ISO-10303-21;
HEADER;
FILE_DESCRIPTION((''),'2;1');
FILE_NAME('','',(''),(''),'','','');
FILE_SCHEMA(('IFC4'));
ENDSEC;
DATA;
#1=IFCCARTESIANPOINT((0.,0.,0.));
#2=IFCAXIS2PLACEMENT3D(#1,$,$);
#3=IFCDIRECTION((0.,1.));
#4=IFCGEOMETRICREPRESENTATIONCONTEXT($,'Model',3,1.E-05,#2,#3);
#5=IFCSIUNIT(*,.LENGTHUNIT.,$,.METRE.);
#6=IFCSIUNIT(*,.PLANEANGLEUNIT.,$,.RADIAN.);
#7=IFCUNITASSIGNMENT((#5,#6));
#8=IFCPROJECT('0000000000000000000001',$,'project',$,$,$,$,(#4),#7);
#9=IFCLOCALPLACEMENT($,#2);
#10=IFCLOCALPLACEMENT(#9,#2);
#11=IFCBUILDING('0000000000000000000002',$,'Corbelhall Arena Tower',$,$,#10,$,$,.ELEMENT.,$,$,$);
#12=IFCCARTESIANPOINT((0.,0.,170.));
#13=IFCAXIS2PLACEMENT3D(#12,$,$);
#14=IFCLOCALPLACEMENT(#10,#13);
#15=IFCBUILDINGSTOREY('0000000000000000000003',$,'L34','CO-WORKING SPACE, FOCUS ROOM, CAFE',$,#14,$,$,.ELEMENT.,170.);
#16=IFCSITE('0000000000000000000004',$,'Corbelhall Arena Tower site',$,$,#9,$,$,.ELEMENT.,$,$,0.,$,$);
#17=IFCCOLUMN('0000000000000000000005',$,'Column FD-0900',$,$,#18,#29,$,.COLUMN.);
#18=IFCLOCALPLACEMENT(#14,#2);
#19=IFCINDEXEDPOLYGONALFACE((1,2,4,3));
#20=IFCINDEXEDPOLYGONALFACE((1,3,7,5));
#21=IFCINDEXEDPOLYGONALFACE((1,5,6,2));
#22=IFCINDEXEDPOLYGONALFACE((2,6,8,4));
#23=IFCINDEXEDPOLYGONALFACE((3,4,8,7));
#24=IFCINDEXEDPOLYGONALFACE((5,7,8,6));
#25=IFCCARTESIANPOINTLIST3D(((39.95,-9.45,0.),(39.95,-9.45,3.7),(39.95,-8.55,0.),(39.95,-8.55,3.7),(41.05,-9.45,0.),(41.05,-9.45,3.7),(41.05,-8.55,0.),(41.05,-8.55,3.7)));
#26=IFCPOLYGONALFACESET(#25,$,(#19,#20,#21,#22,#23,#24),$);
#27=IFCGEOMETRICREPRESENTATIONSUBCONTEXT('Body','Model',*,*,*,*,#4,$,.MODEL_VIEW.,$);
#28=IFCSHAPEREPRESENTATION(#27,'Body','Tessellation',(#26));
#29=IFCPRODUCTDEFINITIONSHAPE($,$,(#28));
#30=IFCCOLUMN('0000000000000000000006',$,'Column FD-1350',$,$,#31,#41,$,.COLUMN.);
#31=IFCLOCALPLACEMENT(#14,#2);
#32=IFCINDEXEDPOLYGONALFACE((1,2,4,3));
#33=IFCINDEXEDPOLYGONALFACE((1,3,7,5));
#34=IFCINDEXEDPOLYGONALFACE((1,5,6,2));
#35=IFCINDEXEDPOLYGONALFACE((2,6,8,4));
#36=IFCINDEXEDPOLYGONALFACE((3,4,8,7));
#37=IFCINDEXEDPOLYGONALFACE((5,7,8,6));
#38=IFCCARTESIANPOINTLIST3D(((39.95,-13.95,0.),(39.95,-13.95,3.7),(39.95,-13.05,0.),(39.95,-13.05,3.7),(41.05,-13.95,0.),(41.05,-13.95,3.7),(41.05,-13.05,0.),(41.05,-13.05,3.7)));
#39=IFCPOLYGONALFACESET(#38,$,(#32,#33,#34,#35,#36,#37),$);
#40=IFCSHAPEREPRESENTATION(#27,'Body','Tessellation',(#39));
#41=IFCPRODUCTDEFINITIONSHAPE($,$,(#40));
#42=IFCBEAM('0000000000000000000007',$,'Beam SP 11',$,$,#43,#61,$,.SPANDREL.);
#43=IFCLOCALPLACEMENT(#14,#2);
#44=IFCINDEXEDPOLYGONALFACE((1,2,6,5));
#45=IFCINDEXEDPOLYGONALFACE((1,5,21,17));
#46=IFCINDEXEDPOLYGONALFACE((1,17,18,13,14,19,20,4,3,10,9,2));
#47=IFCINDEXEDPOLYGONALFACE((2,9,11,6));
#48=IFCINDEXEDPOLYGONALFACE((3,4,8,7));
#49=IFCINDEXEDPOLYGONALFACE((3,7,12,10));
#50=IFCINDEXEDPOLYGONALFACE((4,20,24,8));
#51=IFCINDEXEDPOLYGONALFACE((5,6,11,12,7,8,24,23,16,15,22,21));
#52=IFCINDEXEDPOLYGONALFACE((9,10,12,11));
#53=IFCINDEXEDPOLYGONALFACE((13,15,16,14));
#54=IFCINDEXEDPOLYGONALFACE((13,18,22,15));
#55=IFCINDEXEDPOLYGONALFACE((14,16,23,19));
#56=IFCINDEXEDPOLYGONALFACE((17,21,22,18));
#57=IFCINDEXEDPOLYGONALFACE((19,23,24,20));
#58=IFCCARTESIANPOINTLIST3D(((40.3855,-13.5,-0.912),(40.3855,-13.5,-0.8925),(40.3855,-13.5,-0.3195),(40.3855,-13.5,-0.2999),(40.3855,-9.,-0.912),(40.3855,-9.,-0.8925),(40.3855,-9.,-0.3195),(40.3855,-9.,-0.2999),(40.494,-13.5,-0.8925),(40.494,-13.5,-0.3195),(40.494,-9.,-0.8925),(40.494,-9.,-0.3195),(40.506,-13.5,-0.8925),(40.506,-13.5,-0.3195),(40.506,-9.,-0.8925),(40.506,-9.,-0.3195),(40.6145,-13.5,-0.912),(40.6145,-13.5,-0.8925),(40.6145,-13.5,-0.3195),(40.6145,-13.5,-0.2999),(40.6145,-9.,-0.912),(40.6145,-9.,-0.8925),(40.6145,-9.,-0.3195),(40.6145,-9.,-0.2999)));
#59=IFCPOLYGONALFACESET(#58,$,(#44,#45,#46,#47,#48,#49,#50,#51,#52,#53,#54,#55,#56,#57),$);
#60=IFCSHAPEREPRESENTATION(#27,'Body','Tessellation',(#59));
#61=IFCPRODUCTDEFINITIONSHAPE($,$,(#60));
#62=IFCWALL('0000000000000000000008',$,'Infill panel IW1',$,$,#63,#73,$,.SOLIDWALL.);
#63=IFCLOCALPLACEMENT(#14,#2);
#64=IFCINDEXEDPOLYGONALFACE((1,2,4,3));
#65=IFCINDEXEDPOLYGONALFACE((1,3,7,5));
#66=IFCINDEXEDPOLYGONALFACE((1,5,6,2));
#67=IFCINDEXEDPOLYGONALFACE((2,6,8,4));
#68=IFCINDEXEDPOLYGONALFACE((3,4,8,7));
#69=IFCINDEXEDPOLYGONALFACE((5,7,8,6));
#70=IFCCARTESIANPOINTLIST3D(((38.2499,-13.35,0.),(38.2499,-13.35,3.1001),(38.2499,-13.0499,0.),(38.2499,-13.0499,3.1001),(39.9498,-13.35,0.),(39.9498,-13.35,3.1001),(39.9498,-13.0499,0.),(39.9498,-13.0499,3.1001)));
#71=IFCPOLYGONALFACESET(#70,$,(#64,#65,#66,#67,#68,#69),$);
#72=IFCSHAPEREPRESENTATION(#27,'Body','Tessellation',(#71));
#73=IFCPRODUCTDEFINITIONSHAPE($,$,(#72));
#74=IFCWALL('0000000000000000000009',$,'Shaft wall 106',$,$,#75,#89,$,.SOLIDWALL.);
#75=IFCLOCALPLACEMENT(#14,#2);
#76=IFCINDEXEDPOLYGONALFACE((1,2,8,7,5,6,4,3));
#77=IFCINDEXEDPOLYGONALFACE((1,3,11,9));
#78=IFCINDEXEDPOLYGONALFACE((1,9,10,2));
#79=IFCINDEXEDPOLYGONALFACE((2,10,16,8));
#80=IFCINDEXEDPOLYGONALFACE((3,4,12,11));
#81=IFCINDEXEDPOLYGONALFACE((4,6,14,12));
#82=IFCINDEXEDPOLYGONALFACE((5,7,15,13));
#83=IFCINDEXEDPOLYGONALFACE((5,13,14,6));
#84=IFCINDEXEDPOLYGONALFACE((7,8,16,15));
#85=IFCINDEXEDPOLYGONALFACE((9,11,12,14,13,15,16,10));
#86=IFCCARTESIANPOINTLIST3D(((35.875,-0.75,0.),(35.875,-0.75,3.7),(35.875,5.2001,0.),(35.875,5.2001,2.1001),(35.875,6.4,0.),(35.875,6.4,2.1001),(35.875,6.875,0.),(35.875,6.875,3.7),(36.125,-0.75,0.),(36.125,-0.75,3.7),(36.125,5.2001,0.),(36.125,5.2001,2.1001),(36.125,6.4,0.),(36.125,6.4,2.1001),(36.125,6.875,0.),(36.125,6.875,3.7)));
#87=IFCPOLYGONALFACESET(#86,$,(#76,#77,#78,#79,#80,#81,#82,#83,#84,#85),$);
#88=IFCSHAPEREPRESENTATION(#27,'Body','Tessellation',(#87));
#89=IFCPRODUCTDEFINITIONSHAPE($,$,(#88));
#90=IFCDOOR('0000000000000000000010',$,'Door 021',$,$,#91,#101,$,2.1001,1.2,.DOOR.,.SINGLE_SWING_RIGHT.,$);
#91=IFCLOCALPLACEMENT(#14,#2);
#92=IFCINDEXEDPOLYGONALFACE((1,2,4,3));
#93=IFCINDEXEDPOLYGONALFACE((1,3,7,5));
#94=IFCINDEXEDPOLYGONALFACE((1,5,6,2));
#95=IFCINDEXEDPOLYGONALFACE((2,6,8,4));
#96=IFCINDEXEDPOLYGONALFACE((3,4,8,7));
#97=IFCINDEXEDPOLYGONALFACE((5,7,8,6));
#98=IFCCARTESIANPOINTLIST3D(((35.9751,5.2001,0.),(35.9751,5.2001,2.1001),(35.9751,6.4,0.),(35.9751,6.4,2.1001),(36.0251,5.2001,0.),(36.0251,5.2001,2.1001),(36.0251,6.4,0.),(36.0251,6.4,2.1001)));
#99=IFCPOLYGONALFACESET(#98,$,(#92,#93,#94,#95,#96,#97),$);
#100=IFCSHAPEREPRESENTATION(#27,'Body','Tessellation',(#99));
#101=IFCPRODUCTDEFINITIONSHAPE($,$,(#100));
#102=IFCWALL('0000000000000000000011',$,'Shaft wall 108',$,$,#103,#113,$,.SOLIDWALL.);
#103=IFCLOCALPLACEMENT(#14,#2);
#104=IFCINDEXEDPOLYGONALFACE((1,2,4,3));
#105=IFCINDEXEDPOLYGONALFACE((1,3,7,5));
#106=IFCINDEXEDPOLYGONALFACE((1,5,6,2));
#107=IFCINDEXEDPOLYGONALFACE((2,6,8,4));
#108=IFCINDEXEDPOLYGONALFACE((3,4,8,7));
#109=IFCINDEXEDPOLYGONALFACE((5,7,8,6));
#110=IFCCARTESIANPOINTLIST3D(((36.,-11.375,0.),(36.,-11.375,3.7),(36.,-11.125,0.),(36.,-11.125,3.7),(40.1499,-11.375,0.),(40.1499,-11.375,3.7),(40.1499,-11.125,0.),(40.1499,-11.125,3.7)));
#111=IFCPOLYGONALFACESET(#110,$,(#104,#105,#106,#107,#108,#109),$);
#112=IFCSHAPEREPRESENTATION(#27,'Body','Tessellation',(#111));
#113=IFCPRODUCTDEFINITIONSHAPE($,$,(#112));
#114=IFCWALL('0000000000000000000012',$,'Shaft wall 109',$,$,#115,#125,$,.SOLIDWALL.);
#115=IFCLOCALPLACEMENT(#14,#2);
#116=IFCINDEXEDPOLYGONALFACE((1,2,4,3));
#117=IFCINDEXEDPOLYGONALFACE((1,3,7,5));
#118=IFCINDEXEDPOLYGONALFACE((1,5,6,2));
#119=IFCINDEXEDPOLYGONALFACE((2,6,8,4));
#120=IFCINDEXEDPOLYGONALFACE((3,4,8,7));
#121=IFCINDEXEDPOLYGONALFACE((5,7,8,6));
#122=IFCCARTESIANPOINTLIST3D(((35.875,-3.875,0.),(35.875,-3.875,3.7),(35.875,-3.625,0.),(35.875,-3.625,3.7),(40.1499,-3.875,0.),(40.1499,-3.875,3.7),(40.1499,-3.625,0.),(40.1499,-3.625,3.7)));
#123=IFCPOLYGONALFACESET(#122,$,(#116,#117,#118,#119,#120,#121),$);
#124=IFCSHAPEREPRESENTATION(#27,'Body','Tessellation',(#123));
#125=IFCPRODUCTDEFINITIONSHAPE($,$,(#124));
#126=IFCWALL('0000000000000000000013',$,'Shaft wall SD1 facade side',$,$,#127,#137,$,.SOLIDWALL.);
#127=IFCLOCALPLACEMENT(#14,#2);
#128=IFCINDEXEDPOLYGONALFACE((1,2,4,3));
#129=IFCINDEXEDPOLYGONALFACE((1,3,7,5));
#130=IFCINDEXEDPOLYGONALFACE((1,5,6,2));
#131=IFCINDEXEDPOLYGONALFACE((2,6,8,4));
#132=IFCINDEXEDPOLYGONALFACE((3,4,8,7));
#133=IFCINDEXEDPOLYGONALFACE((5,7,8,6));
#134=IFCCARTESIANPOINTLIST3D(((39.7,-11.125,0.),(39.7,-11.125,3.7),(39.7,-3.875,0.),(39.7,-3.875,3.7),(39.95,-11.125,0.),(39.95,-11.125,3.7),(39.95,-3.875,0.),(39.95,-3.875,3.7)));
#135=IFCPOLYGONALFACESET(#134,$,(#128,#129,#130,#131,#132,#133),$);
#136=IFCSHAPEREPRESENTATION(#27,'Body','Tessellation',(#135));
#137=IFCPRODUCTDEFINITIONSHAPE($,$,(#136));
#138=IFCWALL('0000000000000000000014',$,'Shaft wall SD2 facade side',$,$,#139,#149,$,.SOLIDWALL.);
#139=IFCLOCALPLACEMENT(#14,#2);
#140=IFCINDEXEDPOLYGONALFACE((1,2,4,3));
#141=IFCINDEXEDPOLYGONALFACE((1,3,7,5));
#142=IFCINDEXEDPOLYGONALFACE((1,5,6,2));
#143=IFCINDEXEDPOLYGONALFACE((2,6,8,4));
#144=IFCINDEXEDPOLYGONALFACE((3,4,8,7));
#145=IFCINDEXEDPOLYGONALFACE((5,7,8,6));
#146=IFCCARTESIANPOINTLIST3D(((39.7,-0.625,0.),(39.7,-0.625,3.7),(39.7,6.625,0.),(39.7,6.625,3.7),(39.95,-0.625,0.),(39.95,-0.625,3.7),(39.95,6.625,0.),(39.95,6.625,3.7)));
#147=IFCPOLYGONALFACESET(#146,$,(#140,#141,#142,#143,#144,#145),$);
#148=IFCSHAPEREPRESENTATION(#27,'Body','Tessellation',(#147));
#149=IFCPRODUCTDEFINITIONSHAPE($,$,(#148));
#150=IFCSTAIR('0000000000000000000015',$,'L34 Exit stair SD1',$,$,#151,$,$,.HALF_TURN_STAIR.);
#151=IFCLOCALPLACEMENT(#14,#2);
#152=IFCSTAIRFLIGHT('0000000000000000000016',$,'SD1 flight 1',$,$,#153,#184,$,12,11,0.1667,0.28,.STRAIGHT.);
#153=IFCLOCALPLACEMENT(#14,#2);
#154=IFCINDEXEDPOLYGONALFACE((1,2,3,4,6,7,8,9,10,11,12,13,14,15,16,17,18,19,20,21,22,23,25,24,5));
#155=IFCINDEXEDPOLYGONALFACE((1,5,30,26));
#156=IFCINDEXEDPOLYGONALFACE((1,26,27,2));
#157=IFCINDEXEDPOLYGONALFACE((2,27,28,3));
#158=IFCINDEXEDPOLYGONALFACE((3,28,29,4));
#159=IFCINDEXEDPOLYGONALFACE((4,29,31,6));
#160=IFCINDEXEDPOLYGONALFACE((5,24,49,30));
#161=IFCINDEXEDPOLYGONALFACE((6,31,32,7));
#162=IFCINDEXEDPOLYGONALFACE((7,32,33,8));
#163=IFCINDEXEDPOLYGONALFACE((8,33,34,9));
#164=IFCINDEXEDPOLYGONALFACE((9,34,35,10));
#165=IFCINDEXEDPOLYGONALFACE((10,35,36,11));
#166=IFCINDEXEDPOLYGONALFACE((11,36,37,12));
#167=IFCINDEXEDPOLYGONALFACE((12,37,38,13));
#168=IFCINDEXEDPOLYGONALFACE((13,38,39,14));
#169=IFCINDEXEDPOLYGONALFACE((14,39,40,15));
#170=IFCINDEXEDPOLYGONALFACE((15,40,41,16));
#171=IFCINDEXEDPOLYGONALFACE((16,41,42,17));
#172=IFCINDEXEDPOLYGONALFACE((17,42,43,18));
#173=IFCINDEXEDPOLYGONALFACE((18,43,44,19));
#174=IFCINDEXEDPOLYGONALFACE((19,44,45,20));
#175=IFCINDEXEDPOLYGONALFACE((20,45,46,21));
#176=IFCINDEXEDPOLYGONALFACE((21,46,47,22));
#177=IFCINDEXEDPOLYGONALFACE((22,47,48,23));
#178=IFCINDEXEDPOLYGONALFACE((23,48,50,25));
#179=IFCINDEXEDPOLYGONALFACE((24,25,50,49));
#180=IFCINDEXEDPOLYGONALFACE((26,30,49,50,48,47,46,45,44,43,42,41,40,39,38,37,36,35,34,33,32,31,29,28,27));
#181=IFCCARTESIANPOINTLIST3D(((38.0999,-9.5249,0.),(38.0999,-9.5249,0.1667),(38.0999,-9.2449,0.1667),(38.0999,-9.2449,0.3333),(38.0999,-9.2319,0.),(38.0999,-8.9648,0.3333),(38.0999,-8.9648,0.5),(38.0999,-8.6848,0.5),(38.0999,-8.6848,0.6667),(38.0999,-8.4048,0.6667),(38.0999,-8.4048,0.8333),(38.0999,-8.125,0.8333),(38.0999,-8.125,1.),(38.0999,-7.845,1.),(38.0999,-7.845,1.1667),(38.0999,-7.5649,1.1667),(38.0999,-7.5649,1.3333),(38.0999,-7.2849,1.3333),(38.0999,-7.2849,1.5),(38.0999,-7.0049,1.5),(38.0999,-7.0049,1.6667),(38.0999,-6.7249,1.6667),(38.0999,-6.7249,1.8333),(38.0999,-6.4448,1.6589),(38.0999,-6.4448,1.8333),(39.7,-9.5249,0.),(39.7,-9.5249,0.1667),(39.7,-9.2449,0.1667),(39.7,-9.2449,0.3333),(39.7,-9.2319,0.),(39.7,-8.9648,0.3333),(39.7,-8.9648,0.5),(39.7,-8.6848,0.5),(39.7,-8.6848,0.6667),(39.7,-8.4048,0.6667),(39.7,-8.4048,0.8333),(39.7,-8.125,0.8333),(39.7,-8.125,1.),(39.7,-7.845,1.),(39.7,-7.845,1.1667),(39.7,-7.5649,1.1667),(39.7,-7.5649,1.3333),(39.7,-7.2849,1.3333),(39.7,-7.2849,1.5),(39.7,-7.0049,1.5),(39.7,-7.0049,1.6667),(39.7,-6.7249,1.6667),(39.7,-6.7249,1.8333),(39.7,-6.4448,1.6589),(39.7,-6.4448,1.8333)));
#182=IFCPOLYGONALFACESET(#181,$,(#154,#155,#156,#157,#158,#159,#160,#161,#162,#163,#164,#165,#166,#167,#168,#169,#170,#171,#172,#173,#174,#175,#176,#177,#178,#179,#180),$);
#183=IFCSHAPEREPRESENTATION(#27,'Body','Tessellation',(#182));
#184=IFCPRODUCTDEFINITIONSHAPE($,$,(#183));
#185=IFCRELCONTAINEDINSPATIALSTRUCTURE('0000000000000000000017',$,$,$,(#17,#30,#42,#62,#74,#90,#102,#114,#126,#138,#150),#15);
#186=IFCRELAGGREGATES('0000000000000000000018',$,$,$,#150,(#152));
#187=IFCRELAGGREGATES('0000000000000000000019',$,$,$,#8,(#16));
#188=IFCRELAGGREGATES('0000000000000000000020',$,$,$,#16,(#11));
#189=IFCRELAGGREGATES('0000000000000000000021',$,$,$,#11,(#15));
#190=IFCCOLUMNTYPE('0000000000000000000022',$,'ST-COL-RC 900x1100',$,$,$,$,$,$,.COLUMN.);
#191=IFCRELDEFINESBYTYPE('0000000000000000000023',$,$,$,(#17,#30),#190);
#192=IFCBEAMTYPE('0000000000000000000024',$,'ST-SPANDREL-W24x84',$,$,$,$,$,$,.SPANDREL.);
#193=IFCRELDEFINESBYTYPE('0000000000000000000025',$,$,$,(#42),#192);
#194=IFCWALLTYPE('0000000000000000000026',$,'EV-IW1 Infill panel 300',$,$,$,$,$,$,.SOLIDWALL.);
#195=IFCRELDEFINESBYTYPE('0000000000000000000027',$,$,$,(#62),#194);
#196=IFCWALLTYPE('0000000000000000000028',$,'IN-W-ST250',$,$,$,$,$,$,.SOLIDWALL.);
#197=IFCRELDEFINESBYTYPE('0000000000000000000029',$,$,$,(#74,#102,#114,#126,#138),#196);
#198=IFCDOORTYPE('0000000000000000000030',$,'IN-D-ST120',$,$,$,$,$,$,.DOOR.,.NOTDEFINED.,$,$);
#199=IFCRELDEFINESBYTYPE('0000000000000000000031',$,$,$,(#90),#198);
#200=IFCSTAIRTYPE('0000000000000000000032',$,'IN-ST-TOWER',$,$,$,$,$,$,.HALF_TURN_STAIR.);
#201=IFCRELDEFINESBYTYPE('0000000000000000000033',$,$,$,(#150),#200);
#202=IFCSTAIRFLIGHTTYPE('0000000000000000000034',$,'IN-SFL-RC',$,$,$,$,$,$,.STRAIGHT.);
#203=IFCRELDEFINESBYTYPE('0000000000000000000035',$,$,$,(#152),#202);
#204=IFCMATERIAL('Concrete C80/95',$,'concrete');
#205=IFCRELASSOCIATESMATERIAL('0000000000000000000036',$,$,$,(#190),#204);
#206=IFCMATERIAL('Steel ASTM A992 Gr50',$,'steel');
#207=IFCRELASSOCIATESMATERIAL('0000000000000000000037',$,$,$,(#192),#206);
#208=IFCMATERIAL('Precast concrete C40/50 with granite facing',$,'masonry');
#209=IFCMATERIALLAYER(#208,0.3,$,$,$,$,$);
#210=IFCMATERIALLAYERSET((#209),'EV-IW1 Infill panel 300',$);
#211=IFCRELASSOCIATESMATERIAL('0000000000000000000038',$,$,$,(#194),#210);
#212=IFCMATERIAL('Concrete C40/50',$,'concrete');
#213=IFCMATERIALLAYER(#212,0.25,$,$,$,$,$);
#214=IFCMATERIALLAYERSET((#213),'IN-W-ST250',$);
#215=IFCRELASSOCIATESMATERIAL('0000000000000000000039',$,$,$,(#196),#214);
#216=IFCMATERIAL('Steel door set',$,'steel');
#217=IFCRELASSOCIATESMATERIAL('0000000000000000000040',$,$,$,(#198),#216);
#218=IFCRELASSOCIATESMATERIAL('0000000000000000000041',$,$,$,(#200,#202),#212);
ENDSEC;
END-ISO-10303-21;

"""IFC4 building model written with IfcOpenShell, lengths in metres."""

from ifc_helpers import new_model, si_unit, direction, frame, frame_2d, origin, origin_2d, place, context, subcontext, project, spatial, polyline, rectangle, i_section, outline, extrude, material, layer, layer_set, material_profile, profile_set, type_object, element, fill, aggregate, save


model = new_model("IFC4")

# Units and contexts
model_context = context("Model", 3, precision=1e-05, world=origin(), true_north=direction((0.0, 1.0)))
body_context = subcontext(model_context, "Body", "Model", "MODEL_VIEW")
ifc_project = project(units=[si_unit("LENGTHUNIT", "METRE"), si_unit("PLANEANGLEUNIT", "RADIAN")], contexts=[model_context])

# Site, building, storey
site_placement = place(None, origin())
site = spatial("IfcSite", under=ifc_project, at=site_placement, Name="Corbelhall Arena Tower site", CompositionType="ELEMENT", RefElevation=0.0)
building_placement = place(site_placement, origin())
building = spatial("IfcBuilding", under=site, at=building_placement, Name="Corbelhall Arena Tower", CompositionType="ELEMENT")
storey_placement = place(building_placement, frame((0.0, 0.0, 170.0)))
storey = spatial("IfcBuildingStorey", under=building, at=storey_placement, Name="L34", Description="CO-WORKING SPACE, FOCUS ROOM, CAFE", CompositionType="ELEMENT", Elevation=170.0)

# Columns
ifc_material_1 = material(Name="Concrete C80/95", Category="concrete")
ifc_material_profile_1 = material_profile(ifc_material_1, rectangle(XDim=0.8999, YDim=1.1001, at=origin_2d()))
ifc_profile_set_1 = profile_set([ifc_material_profile_1], Name="Concrete C80/95")
column_type = type_object("IfcColumnType", Name="ST-COL-RC 900x1100", PredefinedType="COLUMN", material=ifc_profile_set_1)
for number, where, z_axis, x_axis, name in (
    (1, (40.5, -9.0, 0.0), (0.0, 0.0, 1.0), (0.0, 1.0, 0.0), "Column FD-0900"),
    (2, (40.5, -13.5, 0.0), (0.0, 0.0, 1.0), (0.0, 1.0, 0.0), "Column FD-1350"),
):
    element("IfcColumn", number, at=place(storey_placement, frame(where, z_axis=z_axis, x_axis=x_axis)), inside=storey, type_object=column_type, Name=name, PredefinedType="COLUMN", context=body_context, shape_type="SweptSolid", body=[
        extrude(rectangle(XDim=0.8999, YDim=1.1001, at=origin_2d()), origin(), (0.0, 0.0, 1.0), 3.7),
    ])

# Beam
ifc_material_2 = material(Name="Steel ASTM A992 Gr50", Category="steel")
ifc_material_profile_2 = material_profile(ifc_material_2, i_section(OverallWidth=0.229, OverallDepth=0.6121, WebThickness=0.012, FlangeThickness=0.0195, at=origin_2d()))
ifc_profile_set_2 = profile_set([ifc_material_profile_2], Name="Steel ASTM A992 Gr50")
beam_type = type_object("IfcBeamType", Name="ST-SPANDREL-W24x84", PredefinedType="SPANDREL", material=ifc_profile_set_2)
beam_placement = place(storey_placement, frame((40.5, -9.0, -0.606), z_axis=(0.0, -1.0, 0.0), x_axis=(1.0, 0.0, 0.0)))
element("IfcBeam", 3, at=beam_placement, inside=storey, type_object=beam_type, Name="Beam SP 11", PredefinedType="SPANDREL", context=body_context, shape_type="SweptSolid", body=[
    extrude(i_section(OverallWidth=0.229, OverallDepth=0.6121, WebThickness=0.012, FlangeThickness=0.0195, at=origin_2d()), origin(), (0.0, 0.0, 1.0), 4.5),
])

# Wall
ifc_material_3 = material(Name="Precast concrete C40/50 with granite facing", Category="masonry")
ifc_layer_1 = layer(ifc_material_3, 0.3)
ifc_layer_set_1 = layer_set([ifc_layer_1], Name="EV-IW1 Infill panel 300")
wall_type_1 = type_object("IfcWallType", Name="EV-IW1 Infill panel 300", PredefinedType="SOLIDWALL", material=ifc_layer_set_1)
wall_1_placement = place(storey_placement, frame((39.95, -13.2, 0.0), z_axis=(0.0, 0.0, 1.0), x_axis=(-1.0, 0.0, 0.0)))
element("IfcWall", 4, at=wall_1_placement, inside=storey, type_object=wall_type_1, Name="Infill panel IW1", PredefinedType="SOLIDWALL", context=body_context, shape_type="SweptSolid", body=[
    extrude(rectangle(XDim=1.7, YDim=0.3, at=frame_2d((0.8501, 0.0))), origin(), (0.0, 0.0, 1.0), 3.1001),
])

# Wall, opening, door
ifc_material_4 = material(Name="Concrete C40/50", Category="concrete")
ifc_layer_2 = layer(ifc_material_4, 0.25)
ifc_layer_set_2 = layer_set([ifc_layer_2], Name="IN-W-ST250")
wall_type_2 = type_object("IfcWallType", Name="IN-W-ST250", PredefinedType="SOLIDWALL", material=ifc_layer_set_2)
wall_2_placement = place(storey_placement, frame((36.0, -0.75, 0.0), z_axis=(0.0, 0.0, 1.0), x_axis=(0.0, 1.0, 0.0)))
wall_2 = element("IfcWall", 5, at=wall_2_placement, inside=storey, type_object=wall_type_2, Name="Shaft wall 106", PredefinedType="SOLIDWALL", context=body_context, shape_type="SweptSolid", body=[
    extrude(rectangle(XDim=7.625, YDim=0.25, at=frame_2d((3.8125, 0.0))), origin(), (0.0, 0.0, 1.0), 3.7),
])
opening_1_placement = place(wall_2_placement, frame((5.95, 0.0, 0.0)))
opening_1 = element("IfcOpeningElement", 6, at=opening_1_placement, cuts=wall_2, PredefinedType="OPENING", context=body_context, shape_type="SweptSolid", body=[
    extrude(rectangle(XDim=1.2, YDim=2.1001, at=frame_2d((0.6001, 1.05))), frame((0.0, 0.125, 0.0), z_axis=(0.0, -1.0, 0.0), x_axis=(1.0, 0.0, 0.0)), (0.0, 0.0, 1.0), 0.25),
])
ifc_material_5 = material(Name="Steel door set", Category="steel")
door_type = type_object("IfcDoorType", Name="IN-D-ST120", OperationType="NOTDEFINED", PredefinedType="DOOR", material=ifc_material_5)
door_placement = place(opening_1_placement, origin())
door = element("IfcDoor", 7, at=door_placement, inside=storey, type_object=door_type, Name="Door 021", OperationType="SINGLE_SWING_RIGHT", OverallHeight=2.1001, OverallWidth=1.2, PredefinedType="DOOR", context=body_context, shape_type="SweptSolid", body=[
    extrude(rectangle(XDim=1.2, YDim=2.1001, at=frame_2d((0.6001, 1.05))), frame((0.0, 0.0249, 0.0), z_axis=(0.0, -1.0, 0.0), x_axis=(1.0, 0.0, 0.0)), (0.0, 0.0, 1.0), 0.05),
])
fill(opening_1, door)

# Walls
wall_3_placement = place(storey_placement, frame((40.1499, -11.25, 0.0), z_axis=(0.0, 0.0, 1.0), x_axis=(-1.0, 0.0, 0.0)))
element("IfcWall", 8, at=wall_3_placement, inside=storey, type_object=wall_type_2, Name="Shaft wall 108", PredefinedType="SOLIDWALL", context=body_context, shape_type="SweptSolid", body=[
    extrude(rectangle(XDim=4.1499, YDim=0.25, at=frame_2d((2.075, 0.0))), origin(), (0.0, 0.0, 1.0), 3.7),
])
wall_4_placement = place(storey_placement, frame((40.1499, -3.75, 0.0), z_axis=(0.0, 0.0, 1.0), x_axis=(-1.0, 0.0, 0.0)))
element("IfcWall", 9, at=wall_4_placement, inside=storey, type_object=wall_type_2, Name="Shaft wall 109", PredefinedType="SOLIDWALL", context=body_context, shape_type="SweptSolid", body=[
    extrude(rectangle(XDim=4.2749, YDim=0.25, at=frame_2d((2.1375, 0.0))), origin(), (0.0, 0.0, 1.0), 3.7),
])
for number, where, z_axis, x_axis, name in (
    (10, (39.825, -11.125, 0.0), (0.0, 0.0, 1.0), (0.0, 1.0, 0.0), "Shaft wall SD1 facade side"),
    (11, (39.825, -0.625, 0.0), (0.0, 0.0, 1.0), (0.0, 1.0, 0.0), "Shaft wall SD2 facade side"),
):
    element("IfcWall", number, at=place(storey_placement, frame(where, z_axis=z_axis, x_axis=x_axis)), inside=storey, type_object=wall_type_2, Name=name, PredefinedType="SOLIDWALL", context=body_context, shape_type="SweptSolid", body=[
        extrude(rectangle(XDim=7.25, YDim=0.25, at=frame_2d((3.625, 0.0))), origin(), (0.0, 0.0, 1.0), 3.7),
    ])

# Stair, stair flight
stair_type = type_object("IfcStairType", Name="IN-ST-TOWER", PredefinedType="HALF_TURN_STAIR", material=ifc_material_4)
stair_placement = place(storey_placement, origin())
stair = element("IfcStair", 12, at=stair_placement, inside=storey, type_object=stair_type, Name="L34 Exit stair SD1", PredefinedType="HALF_TURN_STAIR")
stair_flight_type = type_object("IfcStairFlightType", Name="IN-SFL-RC", PredefinedType="STRAIGHT", material=ifc_material_4)
stair_flight_1_placement = place(storey_placement, frame((38.8999, -9.5249, 0.0), z_axis=(0.0, 0.0, 1.0), x_axis=(0.0, 1.0, 0.0)))
stair_flight_1 = element("IfcStairFlight", 13, at=stair_flight_1_placement, type_object=stair_flight_type, Name="SD1 flight 1", NumberOfRisers=12, NumberOfTreads=11, PredefinedType="STRAIGHT", RiserHeight=0.1667, TreadLength=0.28, context=body_context, shape_type="SweptSolid", body=[
    extrude(outline(polyline([(0.0, 0.0), (0.0, 0.1667), (0.28, 0.1667), (0.28, 0.3333), (0.5601, 0.3333), (0.5601, 0.5), (0.8401, 0.5), (0.8401, 0.6667), (1.1201, 0.6667), (1.1201, 0.8333), (1.3999, 0.8333), (1.3999, 1.0), (1.6799, 1.0), (1.6799, 1.1667), (1.96, 1.1667), (1.96, 1.3333), (2.24, 1.3333), (2.24, 1.5), (2.52, 1.5), (2.52, 1.6667), (2.8, 1.6667), (2.8, 1.8333), (3.0801, 1.8333), (3.0801, 2.0), (3.0801, 1.6589), (0.293, 0.0), (0.0, 0.0)])), frame((0.0, 0.8, 0.0), z_axis=(0.0, -1.0, 0.0), x_axis=(1.0, 0.0, 0.0)), (0.0, 0.0, 1.0), 1.6001),
])
aggregate(stair, [stair_flight_1])

save(model, "model.ifc")
